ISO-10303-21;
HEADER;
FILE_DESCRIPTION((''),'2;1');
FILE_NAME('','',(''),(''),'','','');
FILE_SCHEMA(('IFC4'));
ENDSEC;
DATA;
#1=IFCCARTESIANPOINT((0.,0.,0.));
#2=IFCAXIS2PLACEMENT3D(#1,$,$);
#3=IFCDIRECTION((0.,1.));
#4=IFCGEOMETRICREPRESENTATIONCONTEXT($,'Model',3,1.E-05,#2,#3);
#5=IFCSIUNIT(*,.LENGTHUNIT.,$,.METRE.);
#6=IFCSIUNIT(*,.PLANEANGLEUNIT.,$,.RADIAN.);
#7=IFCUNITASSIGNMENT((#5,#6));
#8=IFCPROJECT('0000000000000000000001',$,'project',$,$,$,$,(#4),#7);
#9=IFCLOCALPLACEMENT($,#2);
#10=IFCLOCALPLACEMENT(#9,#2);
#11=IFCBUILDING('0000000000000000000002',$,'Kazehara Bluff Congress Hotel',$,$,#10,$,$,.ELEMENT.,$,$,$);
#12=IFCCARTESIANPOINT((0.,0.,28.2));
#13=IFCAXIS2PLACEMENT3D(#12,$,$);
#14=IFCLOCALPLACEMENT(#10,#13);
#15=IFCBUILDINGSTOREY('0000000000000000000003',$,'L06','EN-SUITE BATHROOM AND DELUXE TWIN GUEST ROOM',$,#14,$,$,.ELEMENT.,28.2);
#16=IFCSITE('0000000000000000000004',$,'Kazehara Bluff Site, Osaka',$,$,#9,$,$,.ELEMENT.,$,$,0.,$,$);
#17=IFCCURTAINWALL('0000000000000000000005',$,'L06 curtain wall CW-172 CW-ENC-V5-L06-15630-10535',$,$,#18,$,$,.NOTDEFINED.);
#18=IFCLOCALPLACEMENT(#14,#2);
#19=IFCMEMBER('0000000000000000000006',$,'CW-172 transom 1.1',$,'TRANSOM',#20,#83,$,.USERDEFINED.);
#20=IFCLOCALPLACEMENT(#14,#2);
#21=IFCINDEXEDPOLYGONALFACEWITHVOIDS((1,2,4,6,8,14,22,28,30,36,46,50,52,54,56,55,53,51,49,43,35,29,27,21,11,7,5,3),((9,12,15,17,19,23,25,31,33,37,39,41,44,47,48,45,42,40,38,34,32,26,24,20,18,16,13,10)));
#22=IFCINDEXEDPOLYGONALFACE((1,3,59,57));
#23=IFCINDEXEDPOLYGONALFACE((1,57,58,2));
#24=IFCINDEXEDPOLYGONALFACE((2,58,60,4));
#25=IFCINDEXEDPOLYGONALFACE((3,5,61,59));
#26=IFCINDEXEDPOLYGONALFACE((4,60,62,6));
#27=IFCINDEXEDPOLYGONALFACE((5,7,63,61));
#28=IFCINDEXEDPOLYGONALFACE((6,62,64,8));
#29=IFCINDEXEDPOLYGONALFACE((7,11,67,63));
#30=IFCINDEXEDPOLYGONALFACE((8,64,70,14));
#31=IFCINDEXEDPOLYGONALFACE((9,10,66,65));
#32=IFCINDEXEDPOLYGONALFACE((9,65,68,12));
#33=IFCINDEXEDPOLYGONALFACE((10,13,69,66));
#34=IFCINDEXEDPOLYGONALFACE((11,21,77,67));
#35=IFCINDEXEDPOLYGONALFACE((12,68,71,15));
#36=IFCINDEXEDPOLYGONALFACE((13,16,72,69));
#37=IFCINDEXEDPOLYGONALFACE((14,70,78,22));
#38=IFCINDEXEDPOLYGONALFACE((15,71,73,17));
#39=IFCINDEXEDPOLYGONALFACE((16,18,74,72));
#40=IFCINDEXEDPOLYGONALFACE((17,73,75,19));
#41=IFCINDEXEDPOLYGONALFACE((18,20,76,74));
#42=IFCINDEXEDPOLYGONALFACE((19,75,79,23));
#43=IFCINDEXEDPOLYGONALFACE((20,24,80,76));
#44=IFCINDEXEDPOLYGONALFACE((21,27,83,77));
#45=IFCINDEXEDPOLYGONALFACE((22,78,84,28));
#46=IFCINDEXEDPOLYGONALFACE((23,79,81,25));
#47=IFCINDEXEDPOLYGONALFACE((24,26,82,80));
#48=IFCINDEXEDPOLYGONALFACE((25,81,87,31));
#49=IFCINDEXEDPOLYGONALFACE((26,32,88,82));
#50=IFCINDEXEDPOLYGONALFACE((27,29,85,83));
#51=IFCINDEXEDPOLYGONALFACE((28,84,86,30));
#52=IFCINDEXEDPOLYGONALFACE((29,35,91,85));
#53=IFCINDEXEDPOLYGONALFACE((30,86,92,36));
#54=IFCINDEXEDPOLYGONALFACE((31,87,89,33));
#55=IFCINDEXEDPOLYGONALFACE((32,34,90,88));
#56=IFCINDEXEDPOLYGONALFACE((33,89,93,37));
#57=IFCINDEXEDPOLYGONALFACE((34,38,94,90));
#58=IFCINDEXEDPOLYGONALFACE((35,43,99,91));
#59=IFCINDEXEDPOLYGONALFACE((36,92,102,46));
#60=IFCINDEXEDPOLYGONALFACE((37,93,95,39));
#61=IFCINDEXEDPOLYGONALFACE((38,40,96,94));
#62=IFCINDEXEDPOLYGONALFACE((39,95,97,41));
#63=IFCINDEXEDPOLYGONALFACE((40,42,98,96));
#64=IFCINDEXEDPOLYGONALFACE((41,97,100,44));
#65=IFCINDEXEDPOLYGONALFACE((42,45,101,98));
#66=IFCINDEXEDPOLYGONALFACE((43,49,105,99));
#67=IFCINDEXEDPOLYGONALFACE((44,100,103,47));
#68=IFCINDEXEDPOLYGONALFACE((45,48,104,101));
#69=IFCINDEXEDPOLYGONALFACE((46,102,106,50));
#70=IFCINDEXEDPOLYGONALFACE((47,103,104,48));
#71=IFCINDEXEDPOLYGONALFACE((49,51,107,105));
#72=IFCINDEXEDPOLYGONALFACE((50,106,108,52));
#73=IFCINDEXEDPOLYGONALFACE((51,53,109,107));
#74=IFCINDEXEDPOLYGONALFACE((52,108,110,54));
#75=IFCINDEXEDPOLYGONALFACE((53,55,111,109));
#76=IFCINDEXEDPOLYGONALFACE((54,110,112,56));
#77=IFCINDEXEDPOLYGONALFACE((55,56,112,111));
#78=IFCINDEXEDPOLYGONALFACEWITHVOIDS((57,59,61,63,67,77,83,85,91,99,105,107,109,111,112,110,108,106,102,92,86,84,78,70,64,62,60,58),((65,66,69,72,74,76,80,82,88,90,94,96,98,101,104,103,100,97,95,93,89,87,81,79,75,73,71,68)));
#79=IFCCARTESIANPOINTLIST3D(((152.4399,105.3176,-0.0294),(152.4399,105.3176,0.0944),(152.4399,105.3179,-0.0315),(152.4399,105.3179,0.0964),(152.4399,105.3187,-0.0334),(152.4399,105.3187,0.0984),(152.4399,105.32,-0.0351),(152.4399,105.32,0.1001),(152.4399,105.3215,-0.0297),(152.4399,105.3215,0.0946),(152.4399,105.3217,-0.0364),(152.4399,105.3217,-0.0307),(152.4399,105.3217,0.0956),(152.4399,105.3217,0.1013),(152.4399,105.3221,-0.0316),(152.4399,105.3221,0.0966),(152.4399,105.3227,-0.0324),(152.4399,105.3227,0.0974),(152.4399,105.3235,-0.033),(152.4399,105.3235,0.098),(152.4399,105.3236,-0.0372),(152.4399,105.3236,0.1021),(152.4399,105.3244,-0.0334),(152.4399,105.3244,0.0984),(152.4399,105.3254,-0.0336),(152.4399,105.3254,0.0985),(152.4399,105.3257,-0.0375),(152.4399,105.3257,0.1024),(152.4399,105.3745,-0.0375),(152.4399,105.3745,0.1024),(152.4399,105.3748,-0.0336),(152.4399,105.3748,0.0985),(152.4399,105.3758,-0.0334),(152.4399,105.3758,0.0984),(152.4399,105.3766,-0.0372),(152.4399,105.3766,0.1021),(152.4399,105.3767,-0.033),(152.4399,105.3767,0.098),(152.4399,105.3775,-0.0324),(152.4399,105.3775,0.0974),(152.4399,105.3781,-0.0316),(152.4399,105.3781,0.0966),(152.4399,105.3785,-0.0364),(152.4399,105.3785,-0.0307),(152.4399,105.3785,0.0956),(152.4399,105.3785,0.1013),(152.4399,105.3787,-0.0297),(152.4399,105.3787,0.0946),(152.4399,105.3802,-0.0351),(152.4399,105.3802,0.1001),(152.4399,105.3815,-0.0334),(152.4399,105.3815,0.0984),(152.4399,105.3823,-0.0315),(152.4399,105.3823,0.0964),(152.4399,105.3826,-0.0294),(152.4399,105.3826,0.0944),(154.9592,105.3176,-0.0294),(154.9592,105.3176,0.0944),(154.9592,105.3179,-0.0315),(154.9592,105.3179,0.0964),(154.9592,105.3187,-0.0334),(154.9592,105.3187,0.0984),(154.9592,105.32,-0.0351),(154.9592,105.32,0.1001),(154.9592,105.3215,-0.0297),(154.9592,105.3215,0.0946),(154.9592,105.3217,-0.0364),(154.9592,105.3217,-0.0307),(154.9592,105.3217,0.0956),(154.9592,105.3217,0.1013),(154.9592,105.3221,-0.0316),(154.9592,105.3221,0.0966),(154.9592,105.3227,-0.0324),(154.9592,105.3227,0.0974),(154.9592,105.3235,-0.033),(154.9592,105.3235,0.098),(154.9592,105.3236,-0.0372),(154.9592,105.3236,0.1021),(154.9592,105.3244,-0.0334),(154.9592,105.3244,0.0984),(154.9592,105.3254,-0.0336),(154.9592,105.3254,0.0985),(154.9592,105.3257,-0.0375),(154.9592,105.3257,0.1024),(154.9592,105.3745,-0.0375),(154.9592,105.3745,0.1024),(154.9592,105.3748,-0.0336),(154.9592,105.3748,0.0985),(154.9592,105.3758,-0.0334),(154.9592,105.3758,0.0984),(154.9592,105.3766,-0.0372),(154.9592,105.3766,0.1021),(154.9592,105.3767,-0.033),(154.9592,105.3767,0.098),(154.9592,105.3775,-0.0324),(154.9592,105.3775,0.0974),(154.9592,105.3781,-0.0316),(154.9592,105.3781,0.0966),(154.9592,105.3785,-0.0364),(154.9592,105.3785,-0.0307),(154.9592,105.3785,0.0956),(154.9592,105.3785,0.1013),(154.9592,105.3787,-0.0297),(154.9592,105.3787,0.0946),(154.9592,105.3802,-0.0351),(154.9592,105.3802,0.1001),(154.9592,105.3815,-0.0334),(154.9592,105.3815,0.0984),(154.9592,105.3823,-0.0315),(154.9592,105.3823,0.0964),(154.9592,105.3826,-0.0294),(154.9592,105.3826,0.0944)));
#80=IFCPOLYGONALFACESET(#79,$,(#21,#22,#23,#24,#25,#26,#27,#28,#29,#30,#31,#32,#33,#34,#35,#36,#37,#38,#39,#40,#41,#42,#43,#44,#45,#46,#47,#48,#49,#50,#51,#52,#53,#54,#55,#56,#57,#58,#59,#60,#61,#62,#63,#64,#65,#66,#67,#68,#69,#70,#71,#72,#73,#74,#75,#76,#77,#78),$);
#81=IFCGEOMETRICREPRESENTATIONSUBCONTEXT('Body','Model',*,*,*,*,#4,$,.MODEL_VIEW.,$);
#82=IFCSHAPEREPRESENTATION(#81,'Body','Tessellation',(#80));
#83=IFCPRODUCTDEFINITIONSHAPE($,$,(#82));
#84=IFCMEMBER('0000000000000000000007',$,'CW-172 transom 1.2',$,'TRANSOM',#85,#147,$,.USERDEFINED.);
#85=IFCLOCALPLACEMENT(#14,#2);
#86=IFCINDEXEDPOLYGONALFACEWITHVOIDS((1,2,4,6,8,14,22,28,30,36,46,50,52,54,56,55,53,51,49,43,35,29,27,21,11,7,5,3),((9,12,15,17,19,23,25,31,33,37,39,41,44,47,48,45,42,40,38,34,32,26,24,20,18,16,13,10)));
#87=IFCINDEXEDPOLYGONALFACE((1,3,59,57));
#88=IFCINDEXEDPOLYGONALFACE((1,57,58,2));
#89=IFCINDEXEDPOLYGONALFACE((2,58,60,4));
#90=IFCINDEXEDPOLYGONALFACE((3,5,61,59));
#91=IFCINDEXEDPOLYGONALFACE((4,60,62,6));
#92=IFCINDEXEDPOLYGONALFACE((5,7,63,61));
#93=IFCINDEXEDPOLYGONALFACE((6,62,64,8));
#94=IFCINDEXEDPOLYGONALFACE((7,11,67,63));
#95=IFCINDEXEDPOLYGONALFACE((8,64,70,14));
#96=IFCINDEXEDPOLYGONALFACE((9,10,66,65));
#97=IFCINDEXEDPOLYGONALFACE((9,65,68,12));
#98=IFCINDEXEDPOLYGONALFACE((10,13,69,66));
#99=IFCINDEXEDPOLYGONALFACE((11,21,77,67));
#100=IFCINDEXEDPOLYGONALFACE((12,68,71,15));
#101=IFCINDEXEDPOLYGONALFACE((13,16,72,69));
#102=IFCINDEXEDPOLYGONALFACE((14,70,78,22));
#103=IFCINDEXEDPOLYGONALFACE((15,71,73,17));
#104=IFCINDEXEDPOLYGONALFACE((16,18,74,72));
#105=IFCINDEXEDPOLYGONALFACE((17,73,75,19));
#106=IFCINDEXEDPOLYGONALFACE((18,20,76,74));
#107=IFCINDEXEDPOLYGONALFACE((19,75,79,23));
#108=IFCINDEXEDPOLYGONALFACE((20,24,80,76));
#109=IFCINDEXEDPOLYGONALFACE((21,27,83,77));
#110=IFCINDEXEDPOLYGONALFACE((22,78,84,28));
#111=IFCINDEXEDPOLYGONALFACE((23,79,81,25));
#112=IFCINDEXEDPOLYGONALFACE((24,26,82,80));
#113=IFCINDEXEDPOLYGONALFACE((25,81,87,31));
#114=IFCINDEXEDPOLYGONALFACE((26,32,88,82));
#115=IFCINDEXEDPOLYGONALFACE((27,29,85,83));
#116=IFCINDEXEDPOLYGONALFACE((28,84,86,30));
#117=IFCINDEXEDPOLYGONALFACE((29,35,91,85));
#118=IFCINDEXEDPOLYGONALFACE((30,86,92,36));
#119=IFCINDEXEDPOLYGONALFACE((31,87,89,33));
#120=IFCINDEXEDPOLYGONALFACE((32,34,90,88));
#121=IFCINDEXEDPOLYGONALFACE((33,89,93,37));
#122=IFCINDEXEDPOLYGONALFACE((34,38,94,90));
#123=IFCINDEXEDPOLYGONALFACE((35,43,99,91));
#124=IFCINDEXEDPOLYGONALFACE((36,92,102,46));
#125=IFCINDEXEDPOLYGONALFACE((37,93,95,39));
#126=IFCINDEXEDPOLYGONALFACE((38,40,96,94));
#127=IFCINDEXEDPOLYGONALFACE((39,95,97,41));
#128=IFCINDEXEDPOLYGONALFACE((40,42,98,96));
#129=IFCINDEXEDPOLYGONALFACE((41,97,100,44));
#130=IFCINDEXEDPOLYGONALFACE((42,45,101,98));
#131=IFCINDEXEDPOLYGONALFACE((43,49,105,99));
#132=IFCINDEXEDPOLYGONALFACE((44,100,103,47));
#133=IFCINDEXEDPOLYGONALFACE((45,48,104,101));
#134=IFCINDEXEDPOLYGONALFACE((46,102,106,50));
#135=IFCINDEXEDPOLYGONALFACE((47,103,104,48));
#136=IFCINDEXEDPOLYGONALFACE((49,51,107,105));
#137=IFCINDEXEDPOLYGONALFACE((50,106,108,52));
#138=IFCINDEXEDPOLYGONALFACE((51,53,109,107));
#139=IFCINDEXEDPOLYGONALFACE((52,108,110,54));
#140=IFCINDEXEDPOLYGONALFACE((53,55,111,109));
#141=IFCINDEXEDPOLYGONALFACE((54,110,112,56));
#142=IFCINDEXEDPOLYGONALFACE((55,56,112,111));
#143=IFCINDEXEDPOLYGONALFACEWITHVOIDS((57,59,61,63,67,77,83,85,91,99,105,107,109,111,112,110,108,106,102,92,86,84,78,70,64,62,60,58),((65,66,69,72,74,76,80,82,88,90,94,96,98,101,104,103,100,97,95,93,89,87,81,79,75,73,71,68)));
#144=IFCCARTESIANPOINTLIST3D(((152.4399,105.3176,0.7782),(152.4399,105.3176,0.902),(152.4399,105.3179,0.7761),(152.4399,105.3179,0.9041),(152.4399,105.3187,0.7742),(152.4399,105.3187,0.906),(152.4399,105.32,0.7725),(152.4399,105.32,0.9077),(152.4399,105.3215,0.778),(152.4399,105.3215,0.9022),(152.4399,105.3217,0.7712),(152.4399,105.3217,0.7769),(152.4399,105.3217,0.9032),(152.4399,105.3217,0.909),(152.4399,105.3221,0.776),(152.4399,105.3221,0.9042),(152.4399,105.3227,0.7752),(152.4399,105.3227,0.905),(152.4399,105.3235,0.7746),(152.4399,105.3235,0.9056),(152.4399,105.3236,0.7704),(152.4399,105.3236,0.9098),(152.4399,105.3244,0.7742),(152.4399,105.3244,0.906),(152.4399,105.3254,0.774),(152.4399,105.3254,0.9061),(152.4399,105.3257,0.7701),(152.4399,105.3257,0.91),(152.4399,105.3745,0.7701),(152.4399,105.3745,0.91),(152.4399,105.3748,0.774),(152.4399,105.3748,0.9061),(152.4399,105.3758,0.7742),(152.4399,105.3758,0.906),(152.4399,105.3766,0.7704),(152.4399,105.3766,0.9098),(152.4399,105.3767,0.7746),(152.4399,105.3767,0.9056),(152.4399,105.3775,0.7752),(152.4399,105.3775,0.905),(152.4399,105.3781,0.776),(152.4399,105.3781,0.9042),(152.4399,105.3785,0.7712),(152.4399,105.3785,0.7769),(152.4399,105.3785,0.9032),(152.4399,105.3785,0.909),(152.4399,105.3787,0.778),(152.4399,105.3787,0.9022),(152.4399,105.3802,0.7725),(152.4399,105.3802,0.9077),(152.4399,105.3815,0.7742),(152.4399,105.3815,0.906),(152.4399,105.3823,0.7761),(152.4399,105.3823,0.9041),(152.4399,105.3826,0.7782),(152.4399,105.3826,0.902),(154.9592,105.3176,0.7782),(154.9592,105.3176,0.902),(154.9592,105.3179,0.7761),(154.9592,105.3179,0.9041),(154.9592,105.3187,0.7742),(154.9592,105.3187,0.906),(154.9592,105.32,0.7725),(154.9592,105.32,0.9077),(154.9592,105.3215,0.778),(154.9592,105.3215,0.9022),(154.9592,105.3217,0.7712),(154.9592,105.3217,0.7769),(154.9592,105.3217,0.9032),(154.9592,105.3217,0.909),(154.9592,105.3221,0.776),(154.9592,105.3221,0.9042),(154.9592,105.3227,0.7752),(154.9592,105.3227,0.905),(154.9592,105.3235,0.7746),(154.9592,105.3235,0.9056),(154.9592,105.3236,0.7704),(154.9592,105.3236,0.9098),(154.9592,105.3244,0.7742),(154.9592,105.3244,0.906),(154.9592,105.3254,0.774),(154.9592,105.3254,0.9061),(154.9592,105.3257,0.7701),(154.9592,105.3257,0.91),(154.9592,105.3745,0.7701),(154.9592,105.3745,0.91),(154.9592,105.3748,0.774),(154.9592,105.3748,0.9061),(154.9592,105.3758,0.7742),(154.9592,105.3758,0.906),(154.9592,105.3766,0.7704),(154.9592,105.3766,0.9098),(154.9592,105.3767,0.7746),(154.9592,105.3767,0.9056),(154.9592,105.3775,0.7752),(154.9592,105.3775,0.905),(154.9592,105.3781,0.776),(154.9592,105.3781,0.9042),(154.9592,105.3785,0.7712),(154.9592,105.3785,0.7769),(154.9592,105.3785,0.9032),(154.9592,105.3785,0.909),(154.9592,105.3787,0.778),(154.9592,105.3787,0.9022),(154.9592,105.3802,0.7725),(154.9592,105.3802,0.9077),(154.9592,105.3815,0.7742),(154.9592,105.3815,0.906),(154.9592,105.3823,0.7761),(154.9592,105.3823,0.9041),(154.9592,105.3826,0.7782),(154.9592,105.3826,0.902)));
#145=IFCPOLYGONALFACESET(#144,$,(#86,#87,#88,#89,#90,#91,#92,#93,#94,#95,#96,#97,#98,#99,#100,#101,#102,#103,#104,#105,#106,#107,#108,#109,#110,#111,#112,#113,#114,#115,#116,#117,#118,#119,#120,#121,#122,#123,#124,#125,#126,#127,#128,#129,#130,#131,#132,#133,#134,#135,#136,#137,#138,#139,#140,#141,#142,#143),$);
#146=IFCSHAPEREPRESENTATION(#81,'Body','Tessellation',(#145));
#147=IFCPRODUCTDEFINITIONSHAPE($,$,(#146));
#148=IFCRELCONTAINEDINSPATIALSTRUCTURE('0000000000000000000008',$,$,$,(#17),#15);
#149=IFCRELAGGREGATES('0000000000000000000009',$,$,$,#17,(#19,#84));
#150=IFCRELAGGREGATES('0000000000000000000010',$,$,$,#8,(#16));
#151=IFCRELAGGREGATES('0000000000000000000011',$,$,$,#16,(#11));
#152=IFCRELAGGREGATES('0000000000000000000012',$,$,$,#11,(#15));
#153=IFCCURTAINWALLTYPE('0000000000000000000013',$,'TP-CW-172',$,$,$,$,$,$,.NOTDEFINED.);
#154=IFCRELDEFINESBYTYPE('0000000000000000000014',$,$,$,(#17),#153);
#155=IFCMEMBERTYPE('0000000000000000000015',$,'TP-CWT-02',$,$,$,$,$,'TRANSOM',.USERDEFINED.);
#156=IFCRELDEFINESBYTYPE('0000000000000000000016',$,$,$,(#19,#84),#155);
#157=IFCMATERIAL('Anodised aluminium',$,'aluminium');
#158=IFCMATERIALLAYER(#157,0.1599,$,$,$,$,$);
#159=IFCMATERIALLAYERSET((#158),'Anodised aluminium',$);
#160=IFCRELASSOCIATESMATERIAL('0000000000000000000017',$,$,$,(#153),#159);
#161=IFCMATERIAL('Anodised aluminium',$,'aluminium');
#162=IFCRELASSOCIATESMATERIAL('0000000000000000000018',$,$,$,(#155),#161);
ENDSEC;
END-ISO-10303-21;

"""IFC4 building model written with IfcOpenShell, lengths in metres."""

from ifc_helpers import new_model, si_unit, direction, frame, origin, origin_2d, place, context, subcontext, project, spatial, hollow_rectangle, extrude, material, layer, layer_set, material_profile, profile_set, type_object, element, aggregate, save


model = new_model("IFC4")

# Units and contexts
model_context = context("Model", 3, precision=1e-05, world=origin(), true_north=direction((0.0, 1.0)))
body_context = subcontext(model_context, "Body", "Model", "MODEL_VIEW")
ifc_project = project(units=[si_unit("LENGTHUNIT", "METRE"), si_unit("PLANEANGLEUNIT", "RADIAN")], contexts=[model_context])

# Site, building, storey
site_placement = place(None, origin())
site = spatial("IfcSite", under=ifc_project, at=site_placement, Name="Kazehara Bluff Site, Osaka", CompositionType="ELEMENT", RefElevation=0.0)
building_placement = place(site_placement, origin())
building = spatial("IfcBuilding", under=site, at=building_placement, Name="Kazehara Bluff Congress Hotel", CompositionType="ELEMENT")
storey_placement = place(building_placement, frame((0.0, 0.0, 28.2)))
storey = spatial("IfcBuildingStorey", under=building, at=storey_placement, Name="L06", Description="EN-SUITE BATHROOM AND DELUXE TWIN GUEST ROOM", CompositionType="ELEMENT", Elevation=28.2)

# Curtain wall, members
ifc_material_1 = material(Name="Anodised aluminium", Category="aluminium")
ifc_layer_1 = layer(ifc_material_1, 0.1599)
ifc_layer_set_1 = layer_set([ifc_layer_1], Name="Anodised aluminium")
curtain_wall_type = type_object("IfcCurtainWallType", Name="TP-CW-172", PredefinedType="NOTDEFINED", material=ifc_layer_set_1)
curtain_wall_placement = place(storey_placement, origin())
curtain_wall = element("IfcCurtainWall", 1, at=curtain_wall_placement, inside=storey, type_object=curtain_wall_type, Name="L06 curtain wall CW-172 CW-ENC-V5-L06-15630-10535", PredefinedType="NOTDEFINED")
ifc_material_2 = material(Name="Anodised aluminium", Category="aluminium")
ifc_material_profile_1 = material_profile(ifc_material_2, hollow_rectangle(XDim=0.0649, YDim=0.1399, WallThickness=0.0039, InnerFilletRadius=0.0039, OuterFilletRadius=0.0081, at=origin_2d()))
ifc_profile_set_1 = profile_set([ifc_material_profile_1], Name="Anodised aluminium")
member_type_1 = type_object("IfcMemberType", Name="TP-CWT-02", ElementType="TRANSOM", PredefinedType="USERDEFINED", material=ifc_profile_set_1)
member_1_placement = place(storey_placement, frame((152.4399, 105.3501, 0.0325), z_axis=(1.0, 0.0, 0.0), x_axis=(0.0, 1.0, 0.0)))
member_1 = element("IfcMember", 2, at=member_1_placement, type_object=member_type_1, Name="CW-172 transom 1.1", ObjectType="TRANSOM", PredefinedType="USERDEFINED", context=body_context, shape_type="SweptSolid", body=[
    extrude(hollow_rectangle(XDim=0.0649, YDim=0.1399, WallThickness=0.0039, InnerFilletRadius=0.0039, OuterFilletRadius=0.0081, at=origin_2d()), origin(), (0.0, 0.0, 1.0), 2.5193),
])
member_2_placement = place(storey_placement, frame((152.4399, 105.3501, 0.8401), z_axis=(1.0, 0.0, 0.0), x_axis=(0.0, 1.0, 0.0)))
member_2 = element("IfcMember", 3, at=member_2_placement, type_object=member_type_1, Name="CW-172 transom 1.2", ObjectType="TRANSOM", PredefinedType="USERDEFINED", context=body_context, shape_type="SweptSolid", body=[
    extrude(hollow_rectangle(XDim=0.0649, YDim=0.1399, WallThickness=0.0039, InnerFilletRadius=0.0039, OuterFilletRadius=0.0081, at=origin_2d()), origin(), (0.0, 0.0, 1.0), 2.5193),
])
aggregate(curtain_wall, [member_1, member_2])

save(model, "model.ifc")
